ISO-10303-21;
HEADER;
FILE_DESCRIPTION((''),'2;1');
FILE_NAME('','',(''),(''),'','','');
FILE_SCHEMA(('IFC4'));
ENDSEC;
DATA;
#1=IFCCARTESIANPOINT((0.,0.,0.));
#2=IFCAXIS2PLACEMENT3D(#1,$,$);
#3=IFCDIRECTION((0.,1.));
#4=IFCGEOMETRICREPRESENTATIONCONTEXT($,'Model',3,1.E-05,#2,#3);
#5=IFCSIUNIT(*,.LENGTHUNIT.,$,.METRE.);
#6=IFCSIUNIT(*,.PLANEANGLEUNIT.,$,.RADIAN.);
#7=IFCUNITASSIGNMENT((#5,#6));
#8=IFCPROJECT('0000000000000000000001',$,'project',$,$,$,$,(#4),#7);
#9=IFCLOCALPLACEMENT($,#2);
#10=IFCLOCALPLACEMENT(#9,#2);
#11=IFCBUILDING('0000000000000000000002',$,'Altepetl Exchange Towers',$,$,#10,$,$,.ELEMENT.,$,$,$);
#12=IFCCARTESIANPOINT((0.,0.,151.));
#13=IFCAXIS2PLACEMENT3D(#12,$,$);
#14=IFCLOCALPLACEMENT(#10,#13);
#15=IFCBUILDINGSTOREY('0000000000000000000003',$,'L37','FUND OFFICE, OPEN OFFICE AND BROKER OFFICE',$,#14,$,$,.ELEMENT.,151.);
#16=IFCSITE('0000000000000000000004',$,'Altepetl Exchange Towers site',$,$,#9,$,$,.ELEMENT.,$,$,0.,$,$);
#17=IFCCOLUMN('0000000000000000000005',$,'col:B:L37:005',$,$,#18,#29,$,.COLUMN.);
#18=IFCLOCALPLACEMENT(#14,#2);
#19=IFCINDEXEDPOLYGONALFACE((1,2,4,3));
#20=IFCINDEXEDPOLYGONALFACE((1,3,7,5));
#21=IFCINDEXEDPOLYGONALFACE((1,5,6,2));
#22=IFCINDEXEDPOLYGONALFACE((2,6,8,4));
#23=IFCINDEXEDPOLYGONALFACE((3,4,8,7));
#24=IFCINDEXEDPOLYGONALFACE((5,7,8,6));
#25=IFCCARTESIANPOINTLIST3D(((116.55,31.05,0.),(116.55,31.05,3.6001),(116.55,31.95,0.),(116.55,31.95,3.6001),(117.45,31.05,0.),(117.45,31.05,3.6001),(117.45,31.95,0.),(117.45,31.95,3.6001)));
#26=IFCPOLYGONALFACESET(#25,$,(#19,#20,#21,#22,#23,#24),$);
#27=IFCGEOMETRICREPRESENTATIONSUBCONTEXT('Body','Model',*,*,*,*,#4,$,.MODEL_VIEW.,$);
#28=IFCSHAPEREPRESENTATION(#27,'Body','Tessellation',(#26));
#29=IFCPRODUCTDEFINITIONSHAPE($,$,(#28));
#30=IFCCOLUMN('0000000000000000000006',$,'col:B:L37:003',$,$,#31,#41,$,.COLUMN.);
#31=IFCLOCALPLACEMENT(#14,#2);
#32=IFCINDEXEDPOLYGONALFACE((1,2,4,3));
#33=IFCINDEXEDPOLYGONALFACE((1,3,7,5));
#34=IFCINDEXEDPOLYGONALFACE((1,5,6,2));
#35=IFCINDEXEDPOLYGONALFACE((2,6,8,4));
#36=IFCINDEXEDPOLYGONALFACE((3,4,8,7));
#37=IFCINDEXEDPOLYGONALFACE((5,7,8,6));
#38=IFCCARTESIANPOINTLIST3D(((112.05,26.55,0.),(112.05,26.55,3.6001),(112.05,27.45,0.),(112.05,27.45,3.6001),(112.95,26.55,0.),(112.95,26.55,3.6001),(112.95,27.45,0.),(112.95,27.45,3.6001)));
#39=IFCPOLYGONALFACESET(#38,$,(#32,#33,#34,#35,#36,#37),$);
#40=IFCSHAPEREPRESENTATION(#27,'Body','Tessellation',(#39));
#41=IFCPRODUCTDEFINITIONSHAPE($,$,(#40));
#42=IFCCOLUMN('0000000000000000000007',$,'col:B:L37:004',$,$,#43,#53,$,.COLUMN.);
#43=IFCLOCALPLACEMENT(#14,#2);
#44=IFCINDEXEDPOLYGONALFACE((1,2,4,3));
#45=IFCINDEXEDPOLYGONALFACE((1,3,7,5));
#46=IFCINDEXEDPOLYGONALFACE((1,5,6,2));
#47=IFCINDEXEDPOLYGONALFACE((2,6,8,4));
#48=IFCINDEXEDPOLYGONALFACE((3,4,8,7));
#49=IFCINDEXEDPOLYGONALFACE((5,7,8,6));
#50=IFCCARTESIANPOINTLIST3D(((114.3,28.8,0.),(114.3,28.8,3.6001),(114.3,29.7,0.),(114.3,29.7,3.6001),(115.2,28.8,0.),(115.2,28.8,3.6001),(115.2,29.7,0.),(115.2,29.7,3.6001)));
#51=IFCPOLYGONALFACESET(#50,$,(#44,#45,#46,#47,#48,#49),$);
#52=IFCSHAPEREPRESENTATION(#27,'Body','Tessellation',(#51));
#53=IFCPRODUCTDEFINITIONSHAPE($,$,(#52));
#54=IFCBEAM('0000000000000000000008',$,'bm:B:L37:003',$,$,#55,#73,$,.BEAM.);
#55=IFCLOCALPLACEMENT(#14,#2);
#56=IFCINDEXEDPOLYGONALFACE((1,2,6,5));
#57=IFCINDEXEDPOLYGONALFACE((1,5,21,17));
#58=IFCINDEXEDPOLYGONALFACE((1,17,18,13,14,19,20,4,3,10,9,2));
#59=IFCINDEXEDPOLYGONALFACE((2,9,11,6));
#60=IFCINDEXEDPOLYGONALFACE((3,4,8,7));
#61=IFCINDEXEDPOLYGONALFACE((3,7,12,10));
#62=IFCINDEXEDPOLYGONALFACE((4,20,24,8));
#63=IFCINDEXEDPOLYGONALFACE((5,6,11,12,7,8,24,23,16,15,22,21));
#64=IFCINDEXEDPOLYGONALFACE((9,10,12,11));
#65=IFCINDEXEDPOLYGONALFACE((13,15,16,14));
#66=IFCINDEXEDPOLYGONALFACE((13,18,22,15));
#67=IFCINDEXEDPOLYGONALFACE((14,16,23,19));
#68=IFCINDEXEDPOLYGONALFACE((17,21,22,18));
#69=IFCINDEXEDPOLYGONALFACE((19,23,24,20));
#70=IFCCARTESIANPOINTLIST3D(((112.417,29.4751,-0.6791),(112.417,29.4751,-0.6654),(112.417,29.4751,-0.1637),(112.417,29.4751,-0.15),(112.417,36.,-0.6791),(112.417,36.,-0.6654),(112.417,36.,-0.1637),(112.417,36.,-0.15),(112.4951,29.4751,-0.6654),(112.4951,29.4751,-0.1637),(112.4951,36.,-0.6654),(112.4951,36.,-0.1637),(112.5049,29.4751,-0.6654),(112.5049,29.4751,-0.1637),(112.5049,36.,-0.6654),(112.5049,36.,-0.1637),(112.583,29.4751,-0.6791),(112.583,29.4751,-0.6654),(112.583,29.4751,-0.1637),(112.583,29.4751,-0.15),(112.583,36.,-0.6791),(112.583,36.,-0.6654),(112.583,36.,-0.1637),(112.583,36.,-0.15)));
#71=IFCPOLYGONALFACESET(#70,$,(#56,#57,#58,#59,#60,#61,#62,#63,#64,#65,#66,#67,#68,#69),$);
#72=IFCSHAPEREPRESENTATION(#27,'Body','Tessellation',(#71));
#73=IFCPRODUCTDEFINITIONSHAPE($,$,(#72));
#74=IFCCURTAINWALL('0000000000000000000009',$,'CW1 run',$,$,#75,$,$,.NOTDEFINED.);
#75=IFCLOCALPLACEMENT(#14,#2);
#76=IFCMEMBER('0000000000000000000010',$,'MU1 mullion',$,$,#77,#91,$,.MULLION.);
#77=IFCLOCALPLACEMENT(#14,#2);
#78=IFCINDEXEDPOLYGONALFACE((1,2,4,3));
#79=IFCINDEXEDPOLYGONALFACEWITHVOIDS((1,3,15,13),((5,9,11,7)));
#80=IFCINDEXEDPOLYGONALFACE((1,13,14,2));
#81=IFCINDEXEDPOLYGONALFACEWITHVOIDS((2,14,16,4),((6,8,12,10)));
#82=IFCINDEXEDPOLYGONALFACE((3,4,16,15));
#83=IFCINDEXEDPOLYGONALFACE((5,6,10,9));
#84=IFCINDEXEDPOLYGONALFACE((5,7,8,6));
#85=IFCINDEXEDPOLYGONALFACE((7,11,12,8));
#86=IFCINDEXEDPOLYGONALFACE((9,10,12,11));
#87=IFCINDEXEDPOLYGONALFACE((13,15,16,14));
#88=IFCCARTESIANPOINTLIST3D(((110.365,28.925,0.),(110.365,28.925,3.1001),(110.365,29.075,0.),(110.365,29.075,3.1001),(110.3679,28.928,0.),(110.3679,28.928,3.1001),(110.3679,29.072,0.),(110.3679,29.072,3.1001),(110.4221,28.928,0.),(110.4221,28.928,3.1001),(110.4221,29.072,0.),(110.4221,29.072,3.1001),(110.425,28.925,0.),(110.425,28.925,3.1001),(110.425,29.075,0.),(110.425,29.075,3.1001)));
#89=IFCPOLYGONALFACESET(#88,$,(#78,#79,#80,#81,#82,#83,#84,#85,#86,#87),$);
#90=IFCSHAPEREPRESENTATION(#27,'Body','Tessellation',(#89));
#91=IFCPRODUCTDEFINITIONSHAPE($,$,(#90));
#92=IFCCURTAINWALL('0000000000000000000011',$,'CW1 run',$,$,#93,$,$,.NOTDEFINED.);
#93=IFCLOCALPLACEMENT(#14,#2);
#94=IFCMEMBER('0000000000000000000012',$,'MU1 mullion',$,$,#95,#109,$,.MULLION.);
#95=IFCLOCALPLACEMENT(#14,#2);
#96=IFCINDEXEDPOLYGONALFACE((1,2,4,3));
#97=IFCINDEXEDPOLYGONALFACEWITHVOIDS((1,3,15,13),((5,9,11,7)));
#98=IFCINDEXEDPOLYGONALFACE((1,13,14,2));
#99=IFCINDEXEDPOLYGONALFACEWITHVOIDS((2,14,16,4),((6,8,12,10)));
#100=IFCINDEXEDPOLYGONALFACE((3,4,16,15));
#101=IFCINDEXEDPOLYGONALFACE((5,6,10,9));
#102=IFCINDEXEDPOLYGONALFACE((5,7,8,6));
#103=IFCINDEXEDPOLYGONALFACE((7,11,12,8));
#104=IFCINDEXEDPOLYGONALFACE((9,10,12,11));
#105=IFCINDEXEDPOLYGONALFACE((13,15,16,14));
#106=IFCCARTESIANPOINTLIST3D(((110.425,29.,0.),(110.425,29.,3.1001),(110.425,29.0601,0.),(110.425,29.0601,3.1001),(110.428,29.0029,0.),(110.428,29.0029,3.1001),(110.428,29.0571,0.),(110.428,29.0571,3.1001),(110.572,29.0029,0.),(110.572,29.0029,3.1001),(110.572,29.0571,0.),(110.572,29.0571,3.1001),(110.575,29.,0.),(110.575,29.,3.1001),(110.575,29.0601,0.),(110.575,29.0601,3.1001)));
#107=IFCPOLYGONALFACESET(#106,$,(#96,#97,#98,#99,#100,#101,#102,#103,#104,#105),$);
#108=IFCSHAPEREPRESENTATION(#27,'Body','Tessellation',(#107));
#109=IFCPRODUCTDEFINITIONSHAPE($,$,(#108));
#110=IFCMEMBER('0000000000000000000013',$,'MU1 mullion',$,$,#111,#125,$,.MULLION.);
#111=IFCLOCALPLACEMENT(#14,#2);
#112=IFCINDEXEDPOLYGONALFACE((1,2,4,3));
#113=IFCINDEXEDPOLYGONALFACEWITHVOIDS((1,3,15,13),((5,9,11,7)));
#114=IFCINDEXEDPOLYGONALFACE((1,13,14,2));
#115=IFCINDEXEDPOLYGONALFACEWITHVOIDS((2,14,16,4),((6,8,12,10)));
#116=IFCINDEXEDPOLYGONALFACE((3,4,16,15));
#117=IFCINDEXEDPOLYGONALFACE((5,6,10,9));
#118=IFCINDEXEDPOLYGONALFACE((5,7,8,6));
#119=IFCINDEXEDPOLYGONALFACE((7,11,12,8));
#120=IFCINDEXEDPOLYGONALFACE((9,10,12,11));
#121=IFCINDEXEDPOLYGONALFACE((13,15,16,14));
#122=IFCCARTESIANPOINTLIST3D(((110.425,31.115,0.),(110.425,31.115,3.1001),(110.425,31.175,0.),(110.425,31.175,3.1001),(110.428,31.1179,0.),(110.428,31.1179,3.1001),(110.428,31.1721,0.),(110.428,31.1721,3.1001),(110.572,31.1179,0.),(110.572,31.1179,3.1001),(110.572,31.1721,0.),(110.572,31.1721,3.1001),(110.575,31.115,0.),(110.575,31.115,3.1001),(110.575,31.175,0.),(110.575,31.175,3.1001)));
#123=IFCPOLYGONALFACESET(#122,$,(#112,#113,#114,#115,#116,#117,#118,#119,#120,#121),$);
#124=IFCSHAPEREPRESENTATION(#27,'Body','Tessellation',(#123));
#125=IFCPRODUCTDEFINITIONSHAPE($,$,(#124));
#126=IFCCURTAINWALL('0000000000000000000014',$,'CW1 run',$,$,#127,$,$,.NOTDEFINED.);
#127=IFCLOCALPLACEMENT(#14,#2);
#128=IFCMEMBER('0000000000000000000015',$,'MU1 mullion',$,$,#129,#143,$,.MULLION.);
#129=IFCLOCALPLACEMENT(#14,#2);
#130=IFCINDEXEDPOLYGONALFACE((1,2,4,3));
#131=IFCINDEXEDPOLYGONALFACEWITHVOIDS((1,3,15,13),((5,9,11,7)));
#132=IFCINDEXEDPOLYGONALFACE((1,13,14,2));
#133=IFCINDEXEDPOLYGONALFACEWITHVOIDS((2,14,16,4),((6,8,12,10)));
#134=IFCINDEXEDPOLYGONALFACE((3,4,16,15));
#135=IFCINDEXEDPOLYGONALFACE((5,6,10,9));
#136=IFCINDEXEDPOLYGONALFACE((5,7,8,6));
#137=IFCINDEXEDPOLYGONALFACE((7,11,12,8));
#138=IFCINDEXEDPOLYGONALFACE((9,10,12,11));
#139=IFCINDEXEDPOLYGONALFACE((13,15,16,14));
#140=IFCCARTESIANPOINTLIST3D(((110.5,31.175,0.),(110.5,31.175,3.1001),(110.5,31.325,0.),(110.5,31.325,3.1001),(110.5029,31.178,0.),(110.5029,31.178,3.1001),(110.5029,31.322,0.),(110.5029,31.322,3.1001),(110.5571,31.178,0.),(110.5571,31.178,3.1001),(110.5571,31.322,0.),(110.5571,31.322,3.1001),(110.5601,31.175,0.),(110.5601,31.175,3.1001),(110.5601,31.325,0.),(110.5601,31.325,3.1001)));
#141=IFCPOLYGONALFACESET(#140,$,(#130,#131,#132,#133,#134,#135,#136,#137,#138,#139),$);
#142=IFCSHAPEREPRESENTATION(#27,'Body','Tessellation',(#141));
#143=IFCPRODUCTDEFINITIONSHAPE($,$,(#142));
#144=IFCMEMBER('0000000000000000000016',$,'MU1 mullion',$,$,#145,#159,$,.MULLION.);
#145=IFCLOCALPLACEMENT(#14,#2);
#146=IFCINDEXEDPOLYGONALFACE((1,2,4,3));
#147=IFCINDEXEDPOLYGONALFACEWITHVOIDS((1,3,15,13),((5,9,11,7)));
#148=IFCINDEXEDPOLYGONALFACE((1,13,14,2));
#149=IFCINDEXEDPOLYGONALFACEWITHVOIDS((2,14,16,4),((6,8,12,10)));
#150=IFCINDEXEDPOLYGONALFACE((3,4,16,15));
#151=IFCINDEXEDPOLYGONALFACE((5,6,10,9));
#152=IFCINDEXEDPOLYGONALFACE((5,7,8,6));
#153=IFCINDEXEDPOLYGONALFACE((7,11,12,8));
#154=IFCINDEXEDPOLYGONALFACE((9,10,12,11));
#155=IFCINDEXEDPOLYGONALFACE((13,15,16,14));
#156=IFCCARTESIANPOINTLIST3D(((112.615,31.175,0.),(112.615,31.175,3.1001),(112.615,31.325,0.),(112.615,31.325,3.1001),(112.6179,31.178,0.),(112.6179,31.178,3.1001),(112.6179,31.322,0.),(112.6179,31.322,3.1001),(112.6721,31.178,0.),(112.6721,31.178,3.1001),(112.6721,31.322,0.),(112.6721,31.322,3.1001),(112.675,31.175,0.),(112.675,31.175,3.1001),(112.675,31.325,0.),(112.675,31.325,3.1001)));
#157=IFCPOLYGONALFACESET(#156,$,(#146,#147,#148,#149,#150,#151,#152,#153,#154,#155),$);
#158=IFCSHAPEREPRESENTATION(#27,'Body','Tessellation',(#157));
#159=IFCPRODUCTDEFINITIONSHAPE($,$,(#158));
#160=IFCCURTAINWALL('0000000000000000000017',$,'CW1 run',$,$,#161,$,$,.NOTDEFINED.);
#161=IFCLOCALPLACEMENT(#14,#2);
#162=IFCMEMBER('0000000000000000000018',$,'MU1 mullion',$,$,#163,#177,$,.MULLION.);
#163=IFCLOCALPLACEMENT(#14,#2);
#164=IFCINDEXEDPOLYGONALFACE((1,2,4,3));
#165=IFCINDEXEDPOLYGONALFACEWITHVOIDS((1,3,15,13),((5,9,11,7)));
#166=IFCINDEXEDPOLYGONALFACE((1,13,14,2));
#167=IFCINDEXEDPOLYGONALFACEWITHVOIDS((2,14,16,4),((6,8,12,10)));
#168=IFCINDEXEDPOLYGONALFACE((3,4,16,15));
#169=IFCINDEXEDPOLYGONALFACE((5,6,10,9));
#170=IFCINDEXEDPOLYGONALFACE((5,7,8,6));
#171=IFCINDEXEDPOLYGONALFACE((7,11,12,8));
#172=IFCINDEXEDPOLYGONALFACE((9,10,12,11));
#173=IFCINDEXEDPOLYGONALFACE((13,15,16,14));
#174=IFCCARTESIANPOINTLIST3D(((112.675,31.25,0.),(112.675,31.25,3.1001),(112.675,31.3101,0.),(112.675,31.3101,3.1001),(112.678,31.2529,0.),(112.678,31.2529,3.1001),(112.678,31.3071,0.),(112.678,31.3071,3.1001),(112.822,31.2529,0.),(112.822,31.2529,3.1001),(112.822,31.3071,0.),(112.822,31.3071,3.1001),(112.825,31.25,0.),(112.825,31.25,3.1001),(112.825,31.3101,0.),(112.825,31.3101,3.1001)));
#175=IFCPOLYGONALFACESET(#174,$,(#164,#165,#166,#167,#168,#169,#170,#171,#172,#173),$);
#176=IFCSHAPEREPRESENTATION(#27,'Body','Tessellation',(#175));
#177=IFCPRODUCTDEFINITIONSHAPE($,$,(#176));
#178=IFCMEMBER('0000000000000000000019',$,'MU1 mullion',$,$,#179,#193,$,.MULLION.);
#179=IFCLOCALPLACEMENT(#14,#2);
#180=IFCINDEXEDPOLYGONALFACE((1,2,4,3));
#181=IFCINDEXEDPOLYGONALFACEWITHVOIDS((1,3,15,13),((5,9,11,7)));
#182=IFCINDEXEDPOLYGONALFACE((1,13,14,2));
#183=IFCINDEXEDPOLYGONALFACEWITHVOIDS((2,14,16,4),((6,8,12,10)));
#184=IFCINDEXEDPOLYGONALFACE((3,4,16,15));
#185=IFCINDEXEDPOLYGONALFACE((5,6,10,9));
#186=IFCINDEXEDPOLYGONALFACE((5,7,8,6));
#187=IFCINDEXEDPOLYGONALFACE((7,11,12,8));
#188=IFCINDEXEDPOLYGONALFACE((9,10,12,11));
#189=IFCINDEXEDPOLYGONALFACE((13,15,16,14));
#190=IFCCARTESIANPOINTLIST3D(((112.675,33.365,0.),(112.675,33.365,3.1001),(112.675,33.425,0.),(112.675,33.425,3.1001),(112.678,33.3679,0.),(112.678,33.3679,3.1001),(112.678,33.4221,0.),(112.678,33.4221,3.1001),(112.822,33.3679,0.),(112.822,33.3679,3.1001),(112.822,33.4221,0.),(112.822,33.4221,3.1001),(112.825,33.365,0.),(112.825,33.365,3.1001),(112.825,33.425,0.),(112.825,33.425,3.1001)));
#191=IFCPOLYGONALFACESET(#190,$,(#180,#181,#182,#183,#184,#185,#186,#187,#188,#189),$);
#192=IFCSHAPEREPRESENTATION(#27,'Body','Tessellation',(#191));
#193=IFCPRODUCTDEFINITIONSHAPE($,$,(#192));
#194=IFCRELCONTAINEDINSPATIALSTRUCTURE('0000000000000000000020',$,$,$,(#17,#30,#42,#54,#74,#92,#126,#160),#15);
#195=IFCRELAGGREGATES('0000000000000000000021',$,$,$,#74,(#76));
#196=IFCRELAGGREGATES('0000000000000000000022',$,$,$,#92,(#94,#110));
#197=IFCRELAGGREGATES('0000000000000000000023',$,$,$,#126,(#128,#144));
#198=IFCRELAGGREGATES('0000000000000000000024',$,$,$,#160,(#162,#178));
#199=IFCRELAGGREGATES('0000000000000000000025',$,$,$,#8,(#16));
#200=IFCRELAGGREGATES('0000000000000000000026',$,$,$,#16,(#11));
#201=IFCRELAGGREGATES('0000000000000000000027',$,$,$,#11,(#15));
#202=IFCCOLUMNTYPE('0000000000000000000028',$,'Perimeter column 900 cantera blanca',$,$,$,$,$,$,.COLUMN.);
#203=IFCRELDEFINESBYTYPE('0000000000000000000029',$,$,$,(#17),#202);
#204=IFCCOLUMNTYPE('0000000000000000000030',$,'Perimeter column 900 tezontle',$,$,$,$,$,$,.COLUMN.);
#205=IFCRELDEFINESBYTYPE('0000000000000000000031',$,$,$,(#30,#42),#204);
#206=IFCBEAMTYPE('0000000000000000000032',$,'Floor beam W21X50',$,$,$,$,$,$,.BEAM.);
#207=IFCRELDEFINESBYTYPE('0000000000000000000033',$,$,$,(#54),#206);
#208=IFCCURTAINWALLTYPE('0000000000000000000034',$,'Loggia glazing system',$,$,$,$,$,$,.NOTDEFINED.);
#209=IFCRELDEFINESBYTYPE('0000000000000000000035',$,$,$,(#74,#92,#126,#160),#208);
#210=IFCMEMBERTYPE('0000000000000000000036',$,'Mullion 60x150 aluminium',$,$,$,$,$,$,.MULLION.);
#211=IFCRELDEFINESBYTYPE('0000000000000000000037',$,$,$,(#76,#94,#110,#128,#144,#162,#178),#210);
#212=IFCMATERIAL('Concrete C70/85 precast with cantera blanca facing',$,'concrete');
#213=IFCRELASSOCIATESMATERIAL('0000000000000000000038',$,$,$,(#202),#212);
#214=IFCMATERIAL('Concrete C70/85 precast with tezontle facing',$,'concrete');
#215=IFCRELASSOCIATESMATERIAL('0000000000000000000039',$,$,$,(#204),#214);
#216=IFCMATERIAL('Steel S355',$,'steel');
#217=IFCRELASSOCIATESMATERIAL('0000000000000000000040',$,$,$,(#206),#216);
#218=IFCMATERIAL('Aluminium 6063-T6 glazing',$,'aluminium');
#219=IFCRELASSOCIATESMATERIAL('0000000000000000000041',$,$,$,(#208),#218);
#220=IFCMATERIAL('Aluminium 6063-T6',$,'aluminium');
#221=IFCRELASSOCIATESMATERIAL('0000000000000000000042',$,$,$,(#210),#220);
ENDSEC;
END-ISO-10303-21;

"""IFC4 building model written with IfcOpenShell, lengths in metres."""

from ifc_helpers import new_model, si_unit, direction, frame, origin, origin_2d, place, context, subcontext, project, spatial, rectangle, hollow_rectangle, i_section, extrude, material, material_profile, profile_set, type_object, element, aggregate, save


model = new_model("IFC4")

# Units and contexts
model_context = context("Model", 3, precision=1e-05, world=origin(), true_north=direction((0.0, 1.0)))
body_context = subcontext(model_context, "Body", "Model", "MODEL_VIEW")
ifc_project = project(units=[si_unit("LENGTHUNIT", "METRE"), si_unit("PLANEANGLEUNIT", "RADIAN")], contexts=[model_context])

# Site, building, storey
site_placement = place(None, origin())
site = spatial("IfcSite", under=ifc_project, at=site_placement, Name="Altepetl Exchange Towers site", CompositionType="ELEMENT", RefElevation=0.0)
building_placement = place(site_placement, origin())
building = spatial("IfcBuilding", under=site, at=building_placement, Name="Altepetl Exchange Towers", CompositionType="ELEMENT")
storey_placement = place(building_placement, frame((0.0, 0.0, 151.0)))
storey = spatial("IfcBuildingStorey", under=building, at=storey_placement, Name="L37", Description="FUND OFFICE, OPEN OFFICE AND BROKER OFFICE", CompositionType="ELEMENT", Elevation=151.0)

# Columns
ifc_material_1 = material(Name="Concrete C70/85 precast with cantera blanca facing", Category="concrete")
ifc_material_profile_1 = material_profile(ifc_material_1, rectangle(XDim=0.8999, YDim=0.8999, at=origin_2d()), Name="900 x 900")
ifc_profile_set_1 = profile_set([ifc_material_profile_1], Name="Concrete C70/85 precast with cantera blanca facing")
column_type_1 = type_object("IfcColumnType", Name="Perimeter column 900 cantera blanca", PredefinedType="COLUMN", material=ifc_profile_set_1)
column_placement = place(storey_placement, frame((117.0, 31.5, 0.0)))
element("IfcColumn", 1, at=column_placement, inside=storey, type_object=column_type_1, Name="col:B:L37:005", PredefinedType="COLUMN", context=body_context, shape_type="SweptSolid", body=[
    extrude(rectangle(XDim=0.8999, YDim=0.8999, at=origin_2d()), origin(), (0.0, 0.0, 1.0), 3.6001),
])
ifc_material_2 = material(Name="Concrete C70/85 precast with tezontle facing", Category="concrete")
ifc_material_profile_2 = material_profile(ifc_material_2, rectangle(XDim=0.8999, YDim=0.8999, at=origin_2d()), Name="900 x 900")
ifc_profile_set_2 = profile_set([ifc_material_profile_2], Name="Concrete C70/85 precast with tezontle facing")
column_type_2 = type_object("IfcColumnType", Name="Perimeter column 900 tezontle", PredefinedType="COLUMN", material=ifc_profile_set_2)
for number, where, name in (
    (2, (112.5, 27.0, 0.0), "col:B:L37:003"),
    (3, (114.75, 29.25, 0.0), "col:B:L37:004"),
):
    element("IfcColumn", number, at=place(storey_placement, frame(where)), inside=storey, type_object=column_type_2, Name=name, PredefinedType="COLUMN", context=body_context, shape_type="SweptSolid", body=[
        extrude(rectangle(XDim=0.8999, YDim=0.8999, at=origin_2d()), origin(), (0.0, 0.0, 1.0), 3.6001),
    ])

# Beam
ifc_material_3 = material(Name="Steel S355", Category="steel")
ifc_material_profile_3 = material_profile(ifc_material_3, i_section(OverallWidth=0.166, OverallDepth=0.5291, WebThickness=0.0098, FlangeThickness=0.0137, at=origin_2d()), Name="W21X50")
ifc_profile_set_3 = profile_set([ifc_material_profile_3], Name="Steel S355")
beam_type_1 = type_object("IfcBeamType", Name="Floor beam W21X50", PredefinedType="BEAM", material=ifc_profile_set_3)
beam_1_placement = place(storey_placement, frame((112.5, 29.4751, -0.4146), z_axis=(0.0, 1.0, 0.0), x_axis=(-1.0, 0.0, 0.0)))
element("IfcBeam", 4, at=beam_1_placement, inside=storey, type_object=beam_type_1, Name="bm:B:L37:003", PredefinedType="BEAM", context=body_context, shape_type="SweptSolid", body=[
    extrude(i_section(OverallWidth=0.166, OverallDepth=0.5291, WebThickness=0.0098, FlangeThickness=0.0137, at=origin_2d()), origin(), (0.0, 0.0, 1.0), 6.5249),
])

# Curtain wall, member
ifc_material_4 = material(Name="Aluminium 6063-T6 glazing", Category="aluminium")
curtain_wall_type = type_object("IfcCurtainWallType", Name="Loggia glazing system", PredefinedType="NOTDEFINED", material=ifc_material_4)
curtain_wall_1_placement = place(storey_placement, origin())
curtain_wall_1 = element("IfcCurtainWall", 5, at=curtain_wall_1_placement, inside=storey, type_object=curtain_wall_type, Name="CW1 run", PredefinedType="NOTDEFINED")
ifc_material_5 = material(Name="Aluminium 6063-T6", Category="aluminium")
ifc_material_profile_4 = material_profile(ifc_material_5, hollow_rectangle(XDim=0.0601, YDim=0.1499, WallThickness=0.0029, at=origin_2d()), Name="Mullion 60x150 aluminium")
ifc_profile_set_4 = profile_set([ifc_material_profile_4], Name="Aluminium 6063-T6")
member_type = type_object("IfcMemberType", Name="Mullion 60x150 aluminium", PredefinedType="MULLION", material=ifc_profile_set_4)
member_1_placement = place(storey_placement, frame((110.395, 29.0, 0.0)))
member_1 = element("IfcMember", 6, at=member_1_placement, type_object=member_type, Name="MU1 mullion", PredefinedType="MULLION", context=body_context, shape_type="SweptSolid", body=[
    extrude(hollow_rectangle(XDim=0.0601, YDim=0.1499, WallThickness=0.0029, at=origin_2d()), origin(), (0.0, 0.0, 1.0), 3.1001),
])

# Curtain walls, members
curtain_wall_2_placement = place(storey_placement, origin())
curtain_wall_2 = element("IfcCurtainWall", 7, at=curtain_wall_2_placement, inside=storey, type_object=curtain_wall_type, Name="CW1 run", PredefinedType="NOTDEFINED")
member_2_placement = place(storey_placement, frame((110.5, 29.03, 0.0), z_axis=(0.0, 0.0, 1.0), x_axis=(0.0, 1.0, 0.0)))
member_2 = element("IfcMember", 8, at=member_2_placement, type_object=member_type, Name="MU1 mullion", PredefinedType="MULLION", context=body_context, shape_type="SweptSolid", body=[
    extrude(hollow_rectangle(XDim=0.0601, YDim=0.1499, WallThickness=0.0029, at=origin_2d()), origin(), (0.0, 0.0, 1.0), 3.1001),
])
member_3_placement = place(storey_placement, frame((110.5, 31.145, 0.0), z_axis=(0.0, 0.0, 1.0), x_axis=(0.0, 1.0, 0.0)))
member_3 = element("IfcMember", 9, at=member_3_placement, type_object=member_type, Name="MU1 mullion", PredefinedType="MULLION", context=body_context, shape_type="SweptSolid", body=[
    extrude(hollow_rectangle(XDim=0.0601, YDim=0.1499, WallThickness=0.0029, at=origin_2d()), origin(), (0.0, 0.0, 1.0), 3.1001),
])
curtain_wall_3_placement = place(storey_placement, origin())
curtain_wall_3 = element("IfcCurtainWall", 10, at=curtain_wall_3_placement, inside=storey, type_object=curtain_wall_type, Name="CW1 run", PredefinedType="NOTDEFINED")
member_4_placement = place(storey_placement, frame((110.53, 31.25, 0.0)))
member_4 = element("IfcMember", 11, at=member_4_placement, type_object=member_type, Name="MU1 mullion", PredefinedType="MULLION", context=body_context, shape_type="SweptSolid", body=[
    extrude(hollow_rectangle(XDim=0.0601, YDim=0.1499, WallThickness=0.0029, at=origin_2d()), origin(), (0.0, 0.0, 1.0), 3.1001),
])
member_5_placement = place(storey_placement, frame((112.645, 31.25, 0.0)))
member_5 = element("IfcMember", 12, at=member_5_placement, type_object=member_type, Name="MU1 mullion", PredefinedType="MULLION", context=body_context, shape_type="SweptSolid", body=[
    extrude(hollow_rectangle(XDim=0.0601, YDim=0.1499, WallThickness=0.0029, at=origin_2d()), origin(), (0.0, 0.0, 1.0), 3.1001),
])
curtain_wall_4_placement = place(storey_placement, origin())
curtain_wall_4 = element("IfcCurtainWall", 13, at=curtain_wall_4_placement, inside=storey, type_object=curtain_wall_type, Name="CW1 run", PredefinedType="NOTDEFINED")
member_6_placement = place(storey_placement, frame((112.75, 31.28, 0.0), z_axis=(0.0, 0.0, 1.0), x_axis=(0.0, 1.0, 0.0)))
member_6 = element("IfcMember", 14, at=member_6_placement, type_object=member_type, Name="MU1 mullion", PredefinedType="MULLION", context=body_context, shape_type="SweptSolid", body=[
    extrude(hollow_rectangle(XDim=0.0601, YDim=0.1499, WallThickness=0.0029, at=origin_2d()), origin(), (0.0, 0.0, 1.0), 3.1001),
])
member_7_placement = place(storey_placement, frame((112.75, 33.395, 0.0), z_axis=(0.0, 0.0, 1.0), x_axis=(0.0, 1.0, 0.0)))
member_7 = element("IfcMember", 15, at=member_7_placement, type_object=member_type, Name="MU1 mullion", PredefinedType="MULLION", context=body_context, shape_type="SweptSolid", body=[
    extrude(hollow_rectangle(XDim=0.0601, YDim=0.1499, WallThickness=0.0029, at=origin_2d()), origin(), (0.0, 0.0, 1.0), 3.1001),
])

aggregate(curtain_wall_1, [member_1])
aggregate(curtain_wall_2, [member_2, member_3])
aggregate(curtain_wall_3, [member_4, member_5])
aggregate(curtain_wall_4, [member_6, member_7])

save(model, "model.ifc")
